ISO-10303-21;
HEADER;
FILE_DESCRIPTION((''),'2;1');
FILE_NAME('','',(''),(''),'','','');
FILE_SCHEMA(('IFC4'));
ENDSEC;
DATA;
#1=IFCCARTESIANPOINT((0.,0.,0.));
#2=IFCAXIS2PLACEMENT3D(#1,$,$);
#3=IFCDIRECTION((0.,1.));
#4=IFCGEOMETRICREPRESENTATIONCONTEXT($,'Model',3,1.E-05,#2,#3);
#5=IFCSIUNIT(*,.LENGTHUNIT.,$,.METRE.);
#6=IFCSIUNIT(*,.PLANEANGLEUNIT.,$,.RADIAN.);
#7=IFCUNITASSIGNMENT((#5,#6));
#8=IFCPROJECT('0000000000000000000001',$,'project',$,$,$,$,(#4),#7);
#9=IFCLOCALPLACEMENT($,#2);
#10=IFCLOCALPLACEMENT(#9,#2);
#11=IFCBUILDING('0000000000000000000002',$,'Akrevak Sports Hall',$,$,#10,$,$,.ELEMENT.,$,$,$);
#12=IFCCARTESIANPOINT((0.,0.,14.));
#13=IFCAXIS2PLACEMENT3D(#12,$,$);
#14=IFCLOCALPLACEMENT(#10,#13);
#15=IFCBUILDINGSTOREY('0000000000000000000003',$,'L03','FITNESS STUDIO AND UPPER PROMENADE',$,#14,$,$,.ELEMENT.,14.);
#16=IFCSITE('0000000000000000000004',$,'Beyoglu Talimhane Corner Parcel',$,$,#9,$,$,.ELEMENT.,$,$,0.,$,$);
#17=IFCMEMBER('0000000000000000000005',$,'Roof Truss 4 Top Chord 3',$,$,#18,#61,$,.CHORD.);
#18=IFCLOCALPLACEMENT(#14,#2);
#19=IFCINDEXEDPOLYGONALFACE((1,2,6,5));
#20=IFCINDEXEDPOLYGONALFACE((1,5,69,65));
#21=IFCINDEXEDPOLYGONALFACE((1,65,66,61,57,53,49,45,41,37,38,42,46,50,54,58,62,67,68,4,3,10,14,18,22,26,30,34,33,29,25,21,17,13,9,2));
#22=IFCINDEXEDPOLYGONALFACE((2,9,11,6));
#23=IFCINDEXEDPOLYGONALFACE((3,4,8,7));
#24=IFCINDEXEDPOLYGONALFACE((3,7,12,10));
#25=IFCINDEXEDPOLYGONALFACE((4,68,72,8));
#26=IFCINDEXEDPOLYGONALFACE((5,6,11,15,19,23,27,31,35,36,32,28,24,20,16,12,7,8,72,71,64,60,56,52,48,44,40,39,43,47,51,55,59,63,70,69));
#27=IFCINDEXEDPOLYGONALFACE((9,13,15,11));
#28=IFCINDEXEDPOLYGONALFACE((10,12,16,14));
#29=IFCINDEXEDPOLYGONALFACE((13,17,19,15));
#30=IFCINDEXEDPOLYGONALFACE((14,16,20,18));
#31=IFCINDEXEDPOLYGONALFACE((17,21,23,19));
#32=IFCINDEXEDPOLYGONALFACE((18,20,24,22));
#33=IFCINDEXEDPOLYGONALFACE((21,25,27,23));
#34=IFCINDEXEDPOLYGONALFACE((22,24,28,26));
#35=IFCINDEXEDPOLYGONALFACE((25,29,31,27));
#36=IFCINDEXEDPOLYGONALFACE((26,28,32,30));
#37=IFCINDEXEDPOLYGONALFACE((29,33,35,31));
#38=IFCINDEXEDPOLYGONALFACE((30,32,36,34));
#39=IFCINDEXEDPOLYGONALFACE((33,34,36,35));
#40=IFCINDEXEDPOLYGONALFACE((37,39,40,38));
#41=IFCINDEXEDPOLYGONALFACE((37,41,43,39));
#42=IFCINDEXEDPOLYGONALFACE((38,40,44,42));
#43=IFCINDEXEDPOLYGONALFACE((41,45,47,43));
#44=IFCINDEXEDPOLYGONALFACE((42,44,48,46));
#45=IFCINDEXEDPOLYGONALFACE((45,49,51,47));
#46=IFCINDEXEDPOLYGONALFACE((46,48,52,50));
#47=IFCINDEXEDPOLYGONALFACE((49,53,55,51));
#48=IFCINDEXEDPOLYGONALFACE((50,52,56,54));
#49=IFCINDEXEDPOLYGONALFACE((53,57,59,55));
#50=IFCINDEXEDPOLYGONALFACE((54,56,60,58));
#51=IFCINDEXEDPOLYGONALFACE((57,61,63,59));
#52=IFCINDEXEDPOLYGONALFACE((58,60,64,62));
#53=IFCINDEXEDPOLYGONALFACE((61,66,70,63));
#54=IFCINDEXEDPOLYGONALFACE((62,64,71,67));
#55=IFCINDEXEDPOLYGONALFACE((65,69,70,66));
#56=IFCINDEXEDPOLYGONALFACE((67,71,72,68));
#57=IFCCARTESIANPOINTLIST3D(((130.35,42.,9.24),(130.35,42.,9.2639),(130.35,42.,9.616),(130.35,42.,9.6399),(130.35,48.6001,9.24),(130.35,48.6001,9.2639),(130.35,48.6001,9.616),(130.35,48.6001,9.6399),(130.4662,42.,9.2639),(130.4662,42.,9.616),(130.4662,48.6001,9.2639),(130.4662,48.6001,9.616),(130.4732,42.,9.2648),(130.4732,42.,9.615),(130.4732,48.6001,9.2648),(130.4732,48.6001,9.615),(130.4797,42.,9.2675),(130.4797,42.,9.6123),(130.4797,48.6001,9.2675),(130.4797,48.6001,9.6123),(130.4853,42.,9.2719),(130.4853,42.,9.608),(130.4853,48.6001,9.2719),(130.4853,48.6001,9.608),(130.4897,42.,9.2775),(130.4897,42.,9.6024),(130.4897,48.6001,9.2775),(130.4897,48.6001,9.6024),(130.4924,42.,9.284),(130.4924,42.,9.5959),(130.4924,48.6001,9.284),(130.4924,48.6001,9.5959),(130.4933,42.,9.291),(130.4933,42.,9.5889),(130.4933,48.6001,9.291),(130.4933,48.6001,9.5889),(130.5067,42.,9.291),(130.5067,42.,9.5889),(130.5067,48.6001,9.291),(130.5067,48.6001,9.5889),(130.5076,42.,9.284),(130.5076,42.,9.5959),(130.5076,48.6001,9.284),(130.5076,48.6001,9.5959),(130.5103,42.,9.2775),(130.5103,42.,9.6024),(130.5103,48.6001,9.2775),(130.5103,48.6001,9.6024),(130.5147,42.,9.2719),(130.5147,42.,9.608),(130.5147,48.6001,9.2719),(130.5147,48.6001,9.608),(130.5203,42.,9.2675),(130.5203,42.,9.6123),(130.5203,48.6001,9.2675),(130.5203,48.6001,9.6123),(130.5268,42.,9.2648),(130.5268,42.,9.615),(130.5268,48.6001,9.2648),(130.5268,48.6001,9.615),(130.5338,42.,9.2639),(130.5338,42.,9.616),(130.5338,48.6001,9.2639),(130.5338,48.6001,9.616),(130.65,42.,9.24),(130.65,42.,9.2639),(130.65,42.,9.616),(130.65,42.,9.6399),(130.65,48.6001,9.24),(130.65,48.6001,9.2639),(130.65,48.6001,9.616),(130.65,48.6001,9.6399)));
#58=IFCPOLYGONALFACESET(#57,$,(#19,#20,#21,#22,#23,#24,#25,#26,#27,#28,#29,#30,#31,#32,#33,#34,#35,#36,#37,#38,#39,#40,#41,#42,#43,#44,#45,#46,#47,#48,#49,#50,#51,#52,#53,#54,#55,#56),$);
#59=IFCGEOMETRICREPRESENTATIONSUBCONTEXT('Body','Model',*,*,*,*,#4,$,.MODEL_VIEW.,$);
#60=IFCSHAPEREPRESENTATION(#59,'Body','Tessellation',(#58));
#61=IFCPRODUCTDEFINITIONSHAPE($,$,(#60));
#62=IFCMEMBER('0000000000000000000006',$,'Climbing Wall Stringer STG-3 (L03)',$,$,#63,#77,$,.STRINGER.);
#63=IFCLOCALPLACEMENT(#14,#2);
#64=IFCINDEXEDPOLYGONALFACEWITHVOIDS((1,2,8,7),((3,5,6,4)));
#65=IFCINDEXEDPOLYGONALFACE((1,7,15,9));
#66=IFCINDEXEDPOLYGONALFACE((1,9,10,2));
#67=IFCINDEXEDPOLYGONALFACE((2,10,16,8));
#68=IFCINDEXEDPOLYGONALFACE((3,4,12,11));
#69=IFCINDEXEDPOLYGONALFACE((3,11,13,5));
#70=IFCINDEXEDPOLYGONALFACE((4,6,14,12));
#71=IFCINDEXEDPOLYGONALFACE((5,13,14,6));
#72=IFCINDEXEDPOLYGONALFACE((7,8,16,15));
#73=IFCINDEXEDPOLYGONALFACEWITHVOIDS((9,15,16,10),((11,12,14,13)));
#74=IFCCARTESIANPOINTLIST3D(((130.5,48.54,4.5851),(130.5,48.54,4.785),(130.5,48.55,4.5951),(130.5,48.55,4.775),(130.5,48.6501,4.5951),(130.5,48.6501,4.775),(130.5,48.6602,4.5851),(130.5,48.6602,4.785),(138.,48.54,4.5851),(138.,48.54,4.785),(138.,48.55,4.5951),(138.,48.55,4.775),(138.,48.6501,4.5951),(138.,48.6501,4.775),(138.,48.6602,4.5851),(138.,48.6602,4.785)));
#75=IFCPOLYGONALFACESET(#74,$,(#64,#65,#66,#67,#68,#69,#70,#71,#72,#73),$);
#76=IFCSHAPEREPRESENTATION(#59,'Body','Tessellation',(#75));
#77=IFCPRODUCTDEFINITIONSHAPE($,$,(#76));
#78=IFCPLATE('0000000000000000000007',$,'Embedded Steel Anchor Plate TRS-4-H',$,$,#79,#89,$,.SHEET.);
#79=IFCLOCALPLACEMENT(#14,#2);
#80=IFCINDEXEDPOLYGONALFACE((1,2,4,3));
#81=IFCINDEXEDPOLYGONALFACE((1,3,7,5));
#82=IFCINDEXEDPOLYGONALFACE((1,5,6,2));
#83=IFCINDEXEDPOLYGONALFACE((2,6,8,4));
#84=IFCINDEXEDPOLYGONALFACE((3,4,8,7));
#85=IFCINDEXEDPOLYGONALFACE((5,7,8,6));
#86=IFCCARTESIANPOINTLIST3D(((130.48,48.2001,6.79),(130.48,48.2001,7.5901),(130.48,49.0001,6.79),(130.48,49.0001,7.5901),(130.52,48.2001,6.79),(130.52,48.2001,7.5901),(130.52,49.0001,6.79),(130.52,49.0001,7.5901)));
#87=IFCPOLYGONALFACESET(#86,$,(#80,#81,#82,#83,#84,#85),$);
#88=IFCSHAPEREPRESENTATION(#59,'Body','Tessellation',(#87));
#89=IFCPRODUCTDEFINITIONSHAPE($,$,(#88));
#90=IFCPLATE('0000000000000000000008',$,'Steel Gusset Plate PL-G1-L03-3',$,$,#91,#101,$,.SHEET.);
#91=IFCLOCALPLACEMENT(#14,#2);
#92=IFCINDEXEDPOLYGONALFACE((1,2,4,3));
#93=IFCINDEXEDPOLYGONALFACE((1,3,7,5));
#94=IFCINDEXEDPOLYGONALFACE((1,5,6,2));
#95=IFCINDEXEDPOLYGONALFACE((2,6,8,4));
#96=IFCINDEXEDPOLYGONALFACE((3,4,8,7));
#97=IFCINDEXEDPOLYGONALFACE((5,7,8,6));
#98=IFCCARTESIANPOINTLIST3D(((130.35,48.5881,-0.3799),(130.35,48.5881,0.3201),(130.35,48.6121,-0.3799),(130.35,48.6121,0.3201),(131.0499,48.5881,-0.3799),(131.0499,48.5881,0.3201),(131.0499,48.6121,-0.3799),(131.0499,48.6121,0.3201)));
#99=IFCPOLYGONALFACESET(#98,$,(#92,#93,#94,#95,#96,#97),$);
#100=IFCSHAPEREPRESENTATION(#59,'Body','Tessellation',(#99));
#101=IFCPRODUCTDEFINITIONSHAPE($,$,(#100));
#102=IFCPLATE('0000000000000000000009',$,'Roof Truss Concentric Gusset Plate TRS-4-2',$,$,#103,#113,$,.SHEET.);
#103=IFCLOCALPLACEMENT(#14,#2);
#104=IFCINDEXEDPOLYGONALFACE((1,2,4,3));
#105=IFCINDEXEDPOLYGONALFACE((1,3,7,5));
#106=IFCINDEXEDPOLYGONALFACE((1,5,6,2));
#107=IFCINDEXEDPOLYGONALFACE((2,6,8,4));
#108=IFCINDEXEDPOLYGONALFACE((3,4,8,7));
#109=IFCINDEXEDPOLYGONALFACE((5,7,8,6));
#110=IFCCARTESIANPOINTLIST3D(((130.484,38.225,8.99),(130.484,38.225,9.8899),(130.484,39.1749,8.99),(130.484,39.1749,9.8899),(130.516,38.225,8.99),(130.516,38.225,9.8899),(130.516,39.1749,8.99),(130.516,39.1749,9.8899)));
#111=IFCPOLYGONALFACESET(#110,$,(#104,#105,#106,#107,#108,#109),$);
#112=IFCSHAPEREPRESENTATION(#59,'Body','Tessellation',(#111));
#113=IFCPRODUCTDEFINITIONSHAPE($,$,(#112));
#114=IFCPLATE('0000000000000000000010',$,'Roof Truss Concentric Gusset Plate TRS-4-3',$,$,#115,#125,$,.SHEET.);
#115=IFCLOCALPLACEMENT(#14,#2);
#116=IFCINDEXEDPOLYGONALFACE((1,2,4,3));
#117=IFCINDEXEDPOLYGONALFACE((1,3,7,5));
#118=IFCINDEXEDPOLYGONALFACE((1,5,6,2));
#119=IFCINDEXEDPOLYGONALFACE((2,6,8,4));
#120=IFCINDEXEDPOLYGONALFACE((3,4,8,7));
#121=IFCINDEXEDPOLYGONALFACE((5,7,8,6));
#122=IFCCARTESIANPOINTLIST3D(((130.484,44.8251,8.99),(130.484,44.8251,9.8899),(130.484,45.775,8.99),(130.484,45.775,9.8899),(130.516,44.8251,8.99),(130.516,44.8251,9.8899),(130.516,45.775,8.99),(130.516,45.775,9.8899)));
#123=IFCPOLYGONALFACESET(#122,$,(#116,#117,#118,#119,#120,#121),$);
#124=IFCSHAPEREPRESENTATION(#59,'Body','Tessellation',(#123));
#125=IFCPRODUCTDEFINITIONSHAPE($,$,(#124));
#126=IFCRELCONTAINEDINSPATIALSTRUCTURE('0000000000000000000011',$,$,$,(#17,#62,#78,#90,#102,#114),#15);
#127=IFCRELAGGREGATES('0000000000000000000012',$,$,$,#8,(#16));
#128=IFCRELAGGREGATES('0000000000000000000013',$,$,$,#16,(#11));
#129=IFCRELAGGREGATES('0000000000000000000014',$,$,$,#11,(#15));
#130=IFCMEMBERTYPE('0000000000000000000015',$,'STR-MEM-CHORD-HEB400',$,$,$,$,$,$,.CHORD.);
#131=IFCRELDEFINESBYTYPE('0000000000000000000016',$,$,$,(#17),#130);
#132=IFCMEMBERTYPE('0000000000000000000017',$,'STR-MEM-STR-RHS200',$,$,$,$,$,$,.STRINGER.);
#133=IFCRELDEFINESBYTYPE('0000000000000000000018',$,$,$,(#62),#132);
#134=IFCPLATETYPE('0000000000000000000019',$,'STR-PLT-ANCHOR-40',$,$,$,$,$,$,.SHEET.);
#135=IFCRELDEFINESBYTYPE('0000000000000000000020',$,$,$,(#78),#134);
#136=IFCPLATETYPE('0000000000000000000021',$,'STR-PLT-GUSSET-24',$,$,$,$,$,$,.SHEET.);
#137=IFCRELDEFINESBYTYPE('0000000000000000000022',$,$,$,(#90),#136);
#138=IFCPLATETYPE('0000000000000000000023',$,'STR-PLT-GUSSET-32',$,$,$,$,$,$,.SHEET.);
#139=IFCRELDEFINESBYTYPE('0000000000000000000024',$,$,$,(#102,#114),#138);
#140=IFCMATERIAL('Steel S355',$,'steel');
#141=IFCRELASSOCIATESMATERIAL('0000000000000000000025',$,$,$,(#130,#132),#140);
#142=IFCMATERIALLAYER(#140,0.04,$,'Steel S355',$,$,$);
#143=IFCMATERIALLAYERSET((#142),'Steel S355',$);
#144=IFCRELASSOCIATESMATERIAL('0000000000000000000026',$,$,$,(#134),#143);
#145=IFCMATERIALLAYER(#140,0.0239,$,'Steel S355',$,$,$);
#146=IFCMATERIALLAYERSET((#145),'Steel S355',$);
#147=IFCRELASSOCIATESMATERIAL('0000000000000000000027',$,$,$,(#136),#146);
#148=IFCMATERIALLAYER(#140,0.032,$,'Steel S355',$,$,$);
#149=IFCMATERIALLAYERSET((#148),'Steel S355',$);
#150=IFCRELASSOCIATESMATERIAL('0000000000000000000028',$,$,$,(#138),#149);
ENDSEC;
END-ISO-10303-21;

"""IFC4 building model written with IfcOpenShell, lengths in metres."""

from ifc_helpers import new_model, si_unit, direction, frame, origin, origin_2d, place, context, subcontext, project, spatial, rectangle, hollow_rectangle, i_section, extrude, material, layer, layer_set, material_profile, profile_set, type_object, element, save


model = new_model("IFC4")

# Units and contexts
model_context = context("Model", 3, precision=1e-05, world=origin(), true_north=direction((0.0, 1.0)))
body_context = subcontext(model_context, "Body", "Model", "MODEL_VIEW")
ifc_project = project(units=[si_unit("LENGTHUNIT", "METRE"), si_unit("PLANEANGLEUNIT", "RADIAN")], contexts=[model_context])

# Site, building, storey
site_placement = place(None, origin())
site = spatial("IfcSite", under=ifc_project, at=site_placement, Name="Beyoglu Talimhane Corner Parcel", CompositionType="ELEMENT", RefElevation=0.0)
building_placement = place(site_placement, origin())
building = spatial("IfcBuilding", under=site, at=building_placement, Name="Akrevak Sports Hall", CompositionType="ELEMENT")
storey_placement = place(building_placement, frame((0.0, 0.0, 14.0)))
storey = spatial("IfcBuildingStorey", under=building, at=storey_placement, Name="L03", Description="FITNESS STUDIO AND UPPER PROMENADE", CompositionType="ELEMENT", Elevation=14.0)

# Shared definitions
ifc_material_1 = material(Name="Steel S355", Category="steel")

# Members
ifc_material_profile_1 = material_profile(ifc_material_1, i_section(OverallWidth=0.3, OverallDepth=0.3999, WebThickness=0.0134, FlangeThickness=0.0239, FilletRadius=0.0271, at=origin_2d()), Name="HEB 400", Category="steel")
ifc_profile_set_1 = profile_set([ifc_material_profile_1], Name="Steel S355")
member_type_1 = type_object("IfcMemberType", Name="STR-MEM-CHORD-HEB400", PredefinedType="CHORD", material=ifc_profile_set_1)
member_1_placement = place(storey_placement, frame((130.5, 42.0, 9.4399), z_axis=(0.0, 1.0, 0.0), x_axis=(-1.0, 0.0, 0.0)))
element("IfcMember", 1, at=member_1_placement, inside=storey, type_object=member_type_1, Name="Roof Truss 4 Top Chord 3", PredefinedType="CHORD", context=body_context, shape_type="SweptSolid", body=[
    extrude(i_section(OverallWidth=0.3, OverallDepth=0.3999, WebThickness=0.0134, FlangeThickness=0.0239, FilletRadius=0.0271, at=origin_2d()), origin(), (0.0, 0.0, 1.0), 6.6001),
])
ifc_material_profile_2 = material_profile(ifc_material_1, hollow_rectangle(XDim=0.1201, YDim=0.2, WallThickness=0.01, at=origin_2d()), Name="RHS 200x120x10", Category="steel")
ifc_profile_set_2 = profile_set([ifc_material_profile_2], Name="Steel S355")
member_type_2 = type_object("IfcMemberType", Name="STR-MEM-STR-RHS200", PredefinedType="STRINGER", material=ifc_profile_set_2)
member_2_placement = place(storey_placement, frame((130.5, 48.6001, 4.6851), z_axis=(1.0, 0.0, 0.0), x_axis=(0.0, 1.0, 0.0)))
element("IfcMember", 2, at=member_2_placement, inside=storey, type_object=member_type_2, Name="Climbing Wall Stringer STG-3 (L03)", PredefinedType="STRINGER", context=body_context, shape_type="SweptSolid", body=[
    extrude(hollow_rectangle(XDim=0.1201, YDim=0.2, WallThickness=0.01, at=origin_2d()), origin(), (0.0, 0.0, 1.0), 7.5),
])

# Plates
ifc_layer_1 = layer(ifc_material_1, 0.04, Name="Steel S355")
ifc_layer_set_1 = layer_set([ifc_layer_1], Name="Steel S355")
plate_type_1 = type_object("IfcPlateType", Name="STR-PLT-ANCHOR-40", PredefinedType="SHEET", material=ifc_layer_set_1)
plate_1_placement = place(storey_placement, frame((130.5, 48.6001, 6.79), z_axis=(0.0, 0.0, 1.0), x_axis=(0.0, 1.0, 0.0)))
element("IfcPlate", 3, at=plate_1_placement, inside=storey, type_object=plate_type_1, Name="Embedded Steel Anchor Plate TRS-4-H", PredefinedType="SHEET", context=body_context, shape_type="SweptSolid", body=[
    extrude(rectangle(XDim=0.8, YDim=0.04, at=origin_2d()), origin(), (0.0, 0.0, 1.0), 0.8),
])
ifc_layer_2 = layer(ifc_material_1, 0.0239, Name="Steel S355")
ifc_layer_set_2 = layer_set([ifc_layer_2], Name="Steel S355")
plate_type_2 = type_object("IfcPlateType", Name="STR-PLT-GUSSET-24", PredefinedType="SHEET", material=ifc_layer_set_2)
plate_2_placement = place(storey_placement, frame((130.7, 48.6001, -0.3799), z_axis=(0.0, 0.0, 1.0), x_axis=(1.0, 0.0, 0.0)))
element("IfcPlate", 4, at=plate_2_placement, inside=storey, type_object=plate_type_2, Name="Steel Gusset Plate PL-G1-L03-3", PredefinedType="SHEET", context=body_context, shape_type="SweptSolid", body=[
    extrude(rectangle(XDim=0.7, YDim=0.0239, at=origin_2d()), origin(), (0.0, 0.0, 1.0), 0.7),
])
ifc_layer_3 = layer(ifc_material_1, 0.032, Name="Steel S355")
ifc_layer_set_3 = layer_set([ifc_layer_3], Name="Steel S355")
plate_type_3 = type_object("IfcPlateType", Name="STR-PLT-GUSSET-32", PredefinedType="SHEET", material=ifc_layer_set_3)
for number, where, z_axis, x_axis, name in (
    (5, (130.5, 38.7, 8.99), (0.0, 0.0, 1.0), (1.0, 0.0, 0.0), "Roof Truss Concentric Gusset Plate TRS-4-2"),
    (6, (130.5, 45.3, 8.99), (0.0, 0.0, 1.0), (1.0, 0.0, 0.0), "Roof Truss Concentric Gusset Plate TRS-4-3"),
):
    element("IfcPlate", number, at=place(storey_placement, frame(where, z_axis=z_axis, x_axis=x_axis)), inside=storey, type_object=plate_type_3, Name=name, PredefinedType="SHEET", context=body_context, shape_type="SweptSolid", body=[
        extrude(rectangle(XDim=0.032, YDim=0.95, at=origin_2d()), origin(), (0.0, 0.0, 1.0), 0.8999),
    ])

save(model, "model.ifc")
